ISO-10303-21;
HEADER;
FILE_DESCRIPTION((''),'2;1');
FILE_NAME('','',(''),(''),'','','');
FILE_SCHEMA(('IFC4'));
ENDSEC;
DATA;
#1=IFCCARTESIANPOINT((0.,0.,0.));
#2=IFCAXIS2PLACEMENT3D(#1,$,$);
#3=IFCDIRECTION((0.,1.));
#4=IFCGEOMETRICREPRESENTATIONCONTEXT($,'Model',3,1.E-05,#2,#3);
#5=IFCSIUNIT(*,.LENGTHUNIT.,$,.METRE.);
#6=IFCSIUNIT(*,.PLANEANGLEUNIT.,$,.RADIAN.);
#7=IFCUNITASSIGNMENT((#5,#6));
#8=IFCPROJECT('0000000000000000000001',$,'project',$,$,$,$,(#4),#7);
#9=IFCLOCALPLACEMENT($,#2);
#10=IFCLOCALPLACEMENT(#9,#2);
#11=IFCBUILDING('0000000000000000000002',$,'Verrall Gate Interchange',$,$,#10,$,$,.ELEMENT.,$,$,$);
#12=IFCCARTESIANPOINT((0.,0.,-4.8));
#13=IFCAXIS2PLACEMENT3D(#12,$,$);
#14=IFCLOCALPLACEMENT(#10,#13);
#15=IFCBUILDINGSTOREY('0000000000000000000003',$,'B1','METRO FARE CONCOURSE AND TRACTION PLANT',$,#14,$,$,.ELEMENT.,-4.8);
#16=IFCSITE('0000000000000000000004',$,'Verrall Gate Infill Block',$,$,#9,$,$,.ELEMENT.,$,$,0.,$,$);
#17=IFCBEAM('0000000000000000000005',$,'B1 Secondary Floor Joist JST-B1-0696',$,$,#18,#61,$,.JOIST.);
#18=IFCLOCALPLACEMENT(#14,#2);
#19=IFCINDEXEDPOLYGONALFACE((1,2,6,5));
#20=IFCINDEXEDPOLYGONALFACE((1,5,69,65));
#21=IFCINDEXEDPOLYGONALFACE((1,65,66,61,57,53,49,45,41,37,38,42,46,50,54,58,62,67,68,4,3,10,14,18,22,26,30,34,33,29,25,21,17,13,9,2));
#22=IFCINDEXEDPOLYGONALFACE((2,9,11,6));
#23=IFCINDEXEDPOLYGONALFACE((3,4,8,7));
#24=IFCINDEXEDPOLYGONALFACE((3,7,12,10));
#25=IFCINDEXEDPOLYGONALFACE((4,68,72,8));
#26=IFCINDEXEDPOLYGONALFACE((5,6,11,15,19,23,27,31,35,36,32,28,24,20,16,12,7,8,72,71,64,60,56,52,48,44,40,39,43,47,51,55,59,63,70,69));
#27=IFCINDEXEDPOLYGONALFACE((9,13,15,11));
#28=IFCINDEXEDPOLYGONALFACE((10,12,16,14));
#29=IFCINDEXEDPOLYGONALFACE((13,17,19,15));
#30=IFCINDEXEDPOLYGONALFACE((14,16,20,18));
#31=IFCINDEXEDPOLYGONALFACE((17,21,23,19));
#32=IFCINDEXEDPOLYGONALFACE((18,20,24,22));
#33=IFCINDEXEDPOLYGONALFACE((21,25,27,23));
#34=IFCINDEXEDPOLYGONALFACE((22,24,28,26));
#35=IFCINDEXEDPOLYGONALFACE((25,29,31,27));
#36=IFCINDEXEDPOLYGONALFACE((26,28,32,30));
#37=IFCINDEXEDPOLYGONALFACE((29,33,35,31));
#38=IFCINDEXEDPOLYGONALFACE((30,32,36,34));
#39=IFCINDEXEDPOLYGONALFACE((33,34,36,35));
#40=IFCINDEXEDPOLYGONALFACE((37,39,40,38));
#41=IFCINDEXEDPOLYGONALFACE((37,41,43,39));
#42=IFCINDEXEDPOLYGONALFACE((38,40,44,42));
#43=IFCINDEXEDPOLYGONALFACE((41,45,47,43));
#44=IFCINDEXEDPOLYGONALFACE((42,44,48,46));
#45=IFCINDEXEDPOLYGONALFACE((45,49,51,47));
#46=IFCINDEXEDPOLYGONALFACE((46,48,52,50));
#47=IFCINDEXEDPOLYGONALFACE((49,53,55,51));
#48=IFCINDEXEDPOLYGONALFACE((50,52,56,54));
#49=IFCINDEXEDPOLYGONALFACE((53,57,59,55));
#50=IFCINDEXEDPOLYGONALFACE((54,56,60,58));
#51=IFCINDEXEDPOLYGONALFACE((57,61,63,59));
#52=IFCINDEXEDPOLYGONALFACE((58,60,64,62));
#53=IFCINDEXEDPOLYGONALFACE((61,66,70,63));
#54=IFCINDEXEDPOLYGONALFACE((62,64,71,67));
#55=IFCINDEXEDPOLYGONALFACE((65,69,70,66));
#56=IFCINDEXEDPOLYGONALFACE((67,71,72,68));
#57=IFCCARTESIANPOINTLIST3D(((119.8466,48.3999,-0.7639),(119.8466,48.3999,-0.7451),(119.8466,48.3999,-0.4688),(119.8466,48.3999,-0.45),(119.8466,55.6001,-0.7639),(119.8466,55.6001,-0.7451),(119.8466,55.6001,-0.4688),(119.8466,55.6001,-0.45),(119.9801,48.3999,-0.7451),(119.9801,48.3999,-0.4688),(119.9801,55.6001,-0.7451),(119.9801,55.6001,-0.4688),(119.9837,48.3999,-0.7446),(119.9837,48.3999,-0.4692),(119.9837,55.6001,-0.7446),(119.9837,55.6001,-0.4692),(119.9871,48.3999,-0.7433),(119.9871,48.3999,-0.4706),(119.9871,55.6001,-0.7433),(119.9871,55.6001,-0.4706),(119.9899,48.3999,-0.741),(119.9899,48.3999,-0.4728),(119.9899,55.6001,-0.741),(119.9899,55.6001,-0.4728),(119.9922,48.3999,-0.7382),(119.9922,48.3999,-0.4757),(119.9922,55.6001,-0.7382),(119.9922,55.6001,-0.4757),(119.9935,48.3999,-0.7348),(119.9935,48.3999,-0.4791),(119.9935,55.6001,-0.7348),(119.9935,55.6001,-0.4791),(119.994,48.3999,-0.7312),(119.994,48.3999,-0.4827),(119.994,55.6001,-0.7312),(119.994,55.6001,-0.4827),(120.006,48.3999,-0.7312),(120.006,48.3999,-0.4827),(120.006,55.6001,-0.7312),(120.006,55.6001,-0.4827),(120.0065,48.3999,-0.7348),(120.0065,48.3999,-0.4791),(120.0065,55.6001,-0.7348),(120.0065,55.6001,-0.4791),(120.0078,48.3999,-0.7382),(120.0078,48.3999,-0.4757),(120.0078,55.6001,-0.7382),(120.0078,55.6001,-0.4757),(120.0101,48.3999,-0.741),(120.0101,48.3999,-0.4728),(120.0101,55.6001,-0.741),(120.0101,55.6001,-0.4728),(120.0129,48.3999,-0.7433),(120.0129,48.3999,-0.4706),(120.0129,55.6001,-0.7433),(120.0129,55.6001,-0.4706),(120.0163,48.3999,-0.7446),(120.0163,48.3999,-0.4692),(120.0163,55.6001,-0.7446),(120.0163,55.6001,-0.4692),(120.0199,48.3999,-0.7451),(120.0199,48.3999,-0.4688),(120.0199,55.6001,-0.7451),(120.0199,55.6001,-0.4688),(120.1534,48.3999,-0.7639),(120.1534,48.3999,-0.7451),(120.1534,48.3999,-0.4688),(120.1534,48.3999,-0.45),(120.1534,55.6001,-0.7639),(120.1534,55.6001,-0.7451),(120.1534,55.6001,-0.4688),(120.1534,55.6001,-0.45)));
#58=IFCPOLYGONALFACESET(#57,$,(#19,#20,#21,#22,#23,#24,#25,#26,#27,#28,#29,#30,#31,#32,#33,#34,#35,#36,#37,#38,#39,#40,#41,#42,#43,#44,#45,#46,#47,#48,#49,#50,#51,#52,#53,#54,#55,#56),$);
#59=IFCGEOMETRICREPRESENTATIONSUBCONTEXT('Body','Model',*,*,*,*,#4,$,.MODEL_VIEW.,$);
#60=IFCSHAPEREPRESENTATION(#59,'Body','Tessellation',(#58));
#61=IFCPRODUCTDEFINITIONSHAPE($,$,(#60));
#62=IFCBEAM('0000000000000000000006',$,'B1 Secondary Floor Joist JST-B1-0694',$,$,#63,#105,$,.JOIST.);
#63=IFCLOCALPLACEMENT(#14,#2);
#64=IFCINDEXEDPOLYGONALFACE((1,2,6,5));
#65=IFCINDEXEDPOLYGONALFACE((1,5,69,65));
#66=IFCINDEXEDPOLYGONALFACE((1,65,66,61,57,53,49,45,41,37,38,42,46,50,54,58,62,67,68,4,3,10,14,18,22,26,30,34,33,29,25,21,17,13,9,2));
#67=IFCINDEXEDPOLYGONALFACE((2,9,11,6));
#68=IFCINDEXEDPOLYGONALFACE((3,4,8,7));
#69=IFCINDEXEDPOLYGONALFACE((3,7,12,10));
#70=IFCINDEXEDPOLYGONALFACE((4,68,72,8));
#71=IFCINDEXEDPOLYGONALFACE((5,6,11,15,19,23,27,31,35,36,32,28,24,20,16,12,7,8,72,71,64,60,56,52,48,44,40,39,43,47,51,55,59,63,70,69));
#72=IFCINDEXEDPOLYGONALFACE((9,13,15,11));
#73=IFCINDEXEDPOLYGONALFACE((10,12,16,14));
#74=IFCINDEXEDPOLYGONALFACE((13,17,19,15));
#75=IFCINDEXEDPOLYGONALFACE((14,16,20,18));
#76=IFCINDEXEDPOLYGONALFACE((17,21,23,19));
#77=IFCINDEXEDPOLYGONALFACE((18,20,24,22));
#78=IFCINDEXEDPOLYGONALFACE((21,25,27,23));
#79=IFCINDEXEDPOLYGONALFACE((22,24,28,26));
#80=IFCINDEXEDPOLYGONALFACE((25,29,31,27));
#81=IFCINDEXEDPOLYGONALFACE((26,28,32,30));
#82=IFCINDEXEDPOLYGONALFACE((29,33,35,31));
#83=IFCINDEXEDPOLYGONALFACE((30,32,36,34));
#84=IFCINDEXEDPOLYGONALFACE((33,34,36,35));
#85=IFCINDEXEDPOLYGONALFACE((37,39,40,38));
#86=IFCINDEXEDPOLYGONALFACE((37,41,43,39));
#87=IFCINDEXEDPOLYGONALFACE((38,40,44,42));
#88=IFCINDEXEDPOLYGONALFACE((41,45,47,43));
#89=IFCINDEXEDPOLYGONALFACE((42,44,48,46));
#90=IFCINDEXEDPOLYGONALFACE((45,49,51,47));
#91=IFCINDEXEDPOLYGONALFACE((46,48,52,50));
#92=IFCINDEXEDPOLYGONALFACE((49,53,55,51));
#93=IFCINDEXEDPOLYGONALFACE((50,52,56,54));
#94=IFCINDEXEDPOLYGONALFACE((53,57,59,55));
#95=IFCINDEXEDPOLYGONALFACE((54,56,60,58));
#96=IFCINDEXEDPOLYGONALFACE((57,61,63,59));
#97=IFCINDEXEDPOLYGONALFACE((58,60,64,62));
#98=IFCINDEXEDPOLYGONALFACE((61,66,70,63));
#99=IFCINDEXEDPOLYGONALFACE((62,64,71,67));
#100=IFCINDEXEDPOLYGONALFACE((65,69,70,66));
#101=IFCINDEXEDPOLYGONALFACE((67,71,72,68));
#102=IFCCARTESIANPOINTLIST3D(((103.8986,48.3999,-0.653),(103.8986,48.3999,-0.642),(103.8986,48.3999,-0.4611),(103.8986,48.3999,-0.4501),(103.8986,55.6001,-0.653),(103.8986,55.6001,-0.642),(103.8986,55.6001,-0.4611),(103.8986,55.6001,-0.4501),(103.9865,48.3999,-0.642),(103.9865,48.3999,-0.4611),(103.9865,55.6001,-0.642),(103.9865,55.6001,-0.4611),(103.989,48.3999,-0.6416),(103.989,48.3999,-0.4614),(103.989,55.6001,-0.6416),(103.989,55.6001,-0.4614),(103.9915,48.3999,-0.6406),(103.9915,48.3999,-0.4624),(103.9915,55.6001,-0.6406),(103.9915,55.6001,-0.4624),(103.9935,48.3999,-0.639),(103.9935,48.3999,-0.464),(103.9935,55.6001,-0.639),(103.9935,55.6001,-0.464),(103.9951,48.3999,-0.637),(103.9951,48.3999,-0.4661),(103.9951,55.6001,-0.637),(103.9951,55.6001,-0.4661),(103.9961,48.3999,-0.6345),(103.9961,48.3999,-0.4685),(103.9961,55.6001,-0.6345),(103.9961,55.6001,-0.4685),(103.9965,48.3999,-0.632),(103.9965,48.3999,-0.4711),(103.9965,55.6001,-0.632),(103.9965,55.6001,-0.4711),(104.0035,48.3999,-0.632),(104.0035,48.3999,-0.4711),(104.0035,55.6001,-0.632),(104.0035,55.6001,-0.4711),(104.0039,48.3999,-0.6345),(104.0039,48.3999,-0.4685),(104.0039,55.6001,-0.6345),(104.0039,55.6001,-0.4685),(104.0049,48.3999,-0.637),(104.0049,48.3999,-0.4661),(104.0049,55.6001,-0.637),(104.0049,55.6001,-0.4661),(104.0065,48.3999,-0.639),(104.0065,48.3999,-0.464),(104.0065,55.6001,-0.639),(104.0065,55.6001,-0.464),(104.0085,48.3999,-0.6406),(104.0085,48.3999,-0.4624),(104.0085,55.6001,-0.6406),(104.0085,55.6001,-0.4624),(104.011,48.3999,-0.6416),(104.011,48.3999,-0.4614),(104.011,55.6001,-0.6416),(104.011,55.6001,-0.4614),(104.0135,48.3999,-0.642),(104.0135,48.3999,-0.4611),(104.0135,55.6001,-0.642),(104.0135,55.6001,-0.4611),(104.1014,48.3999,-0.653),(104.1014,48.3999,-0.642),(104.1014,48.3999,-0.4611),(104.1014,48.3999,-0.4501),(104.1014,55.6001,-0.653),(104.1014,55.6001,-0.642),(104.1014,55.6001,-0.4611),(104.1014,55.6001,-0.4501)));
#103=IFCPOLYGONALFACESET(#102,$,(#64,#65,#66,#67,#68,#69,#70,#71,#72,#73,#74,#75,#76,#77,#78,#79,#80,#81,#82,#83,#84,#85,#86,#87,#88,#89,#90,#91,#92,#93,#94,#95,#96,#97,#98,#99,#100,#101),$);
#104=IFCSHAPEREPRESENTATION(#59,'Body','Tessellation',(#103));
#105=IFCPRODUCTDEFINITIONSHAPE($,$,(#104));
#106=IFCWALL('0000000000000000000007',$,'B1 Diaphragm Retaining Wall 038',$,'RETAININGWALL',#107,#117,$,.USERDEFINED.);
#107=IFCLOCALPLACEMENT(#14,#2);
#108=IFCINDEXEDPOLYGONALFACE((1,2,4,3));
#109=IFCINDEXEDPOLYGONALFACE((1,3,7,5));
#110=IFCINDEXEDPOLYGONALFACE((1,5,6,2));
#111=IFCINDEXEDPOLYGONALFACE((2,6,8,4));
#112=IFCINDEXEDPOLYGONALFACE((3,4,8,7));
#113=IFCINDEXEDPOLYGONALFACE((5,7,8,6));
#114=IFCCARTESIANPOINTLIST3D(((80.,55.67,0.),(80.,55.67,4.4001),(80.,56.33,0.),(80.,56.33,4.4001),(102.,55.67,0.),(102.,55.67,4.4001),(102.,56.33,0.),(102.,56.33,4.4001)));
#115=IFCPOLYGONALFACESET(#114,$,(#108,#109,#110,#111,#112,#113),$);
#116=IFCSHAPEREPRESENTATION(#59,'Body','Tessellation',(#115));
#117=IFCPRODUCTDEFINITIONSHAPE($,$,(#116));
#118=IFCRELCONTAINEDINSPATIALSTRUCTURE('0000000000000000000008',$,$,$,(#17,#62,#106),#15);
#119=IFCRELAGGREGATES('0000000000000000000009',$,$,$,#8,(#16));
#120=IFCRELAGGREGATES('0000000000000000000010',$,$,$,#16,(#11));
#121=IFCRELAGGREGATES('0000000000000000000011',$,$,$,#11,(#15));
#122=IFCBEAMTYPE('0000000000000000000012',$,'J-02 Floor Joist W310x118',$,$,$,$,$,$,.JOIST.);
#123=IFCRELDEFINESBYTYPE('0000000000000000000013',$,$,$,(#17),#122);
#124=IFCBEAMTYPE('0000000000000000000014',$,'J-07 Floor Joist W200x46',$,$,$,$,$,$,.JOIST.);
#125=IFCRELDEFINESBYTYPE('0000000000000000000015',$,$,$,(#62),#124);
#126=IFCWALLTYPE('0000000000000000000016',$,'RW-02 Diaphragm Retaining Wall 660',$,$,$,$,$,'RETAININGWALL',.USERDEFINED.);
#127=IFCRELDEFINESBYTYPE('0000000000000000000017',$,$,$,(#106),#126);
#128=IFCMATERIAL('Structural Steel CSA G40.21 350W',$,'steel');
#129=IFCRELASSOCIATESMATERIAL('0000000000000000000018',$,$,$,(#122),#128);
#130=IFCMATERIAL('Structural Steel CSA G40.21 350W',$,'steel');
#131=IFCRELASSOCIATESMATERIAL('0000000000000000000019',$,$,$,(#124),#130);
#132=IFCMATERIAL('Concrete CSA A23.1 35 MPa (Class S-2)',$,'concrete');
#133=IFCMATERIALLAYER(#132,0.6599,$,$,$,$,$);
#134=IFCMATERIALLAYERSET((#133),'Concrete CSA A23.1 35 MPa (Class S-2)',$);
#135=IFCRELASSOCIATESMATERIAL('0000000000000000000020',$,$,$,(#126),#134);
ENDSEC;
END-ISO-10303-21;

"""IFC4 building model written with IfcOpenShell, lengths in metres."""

from ifc_helpers import new_model, si_unit, direction, frame, frame_2d, origin, origin_2d, place, context, subcontext, project, spatial, rectangle, i_section, extrude, material, layer, layer_set, material_profile, profile_set, type_object, element, save


model = new_model("IFC4")

# Units and contexts
model_context = context("Model", 3, precision=1e-05, world=origin(), true_north=direction((0.0, 1.0)))
body_context = subcontext(model_context, "Body", "Model", "MODEL_VIEW")
ifc_project = project(units=[si_unit("LENGTHUNIT", "METRE"), si_unit("PLANEANGLEUNIT", "RADIAN")], contexts=[model_context])

# Site, building, storey
site_placement = place(None, origin())
site = spatial("IfcSite", under=ifc_project, at=site_placement, Name="Verrall Gate Infill Block", CompositionType="ELEMENT", RefElevation=0.0)
building_placement = place(site_placement, origin())
building = spatial("IfcBuilding", under=site, at=building_placement, Name="Verrall Gate Interchange", CompositionType="ELEMENT")
storey_placement = place(building_placement, frame((0.0, 0.0, -4.8)))
storey = spatial("IfcBuildingStorey", under=building, at=storey_placement, Name="B1", Description="METRO FARE CONCOURSE AND TRACTION PLANT", CompositionType="ELEMENT", Elevation=-4.8)

# Beams
ifc_material_1 = material(Name="Structural Steel CSA G40.21 350W", Category="steel")
ifc_material_profile_1 = material_profile(ifc_material_1, i_section(OverallWidth=0.3069, OverallDepth=0.314, WebThickness=0.012, FlangeThickness=0.0188, FilletRadius=0.0139, at=origin_2d()), Name="W310x118")
ifc_profile_set_1 = profile_set([ifc_material_profile_1], Name="Structural Steel CSA G40.21 350W")
beam_type_1 = type_object("IfcBeamType", Name="J-02 Floor Joist W310x118", PredefinedType="JOIST", material=ifc_profile_set_1)
beam_1_placement = place(storey_placement, frame((120.0, 48.3999, -0.6069), z_axis=(0.0, 1.0, 0.0), x_axis=(-1.0, 0.0, 0.0)))
element("IfcBeam", 1, at=beam_1_placement, inside=storey, type_object=beam_type_1, Name="B1 Secondary Floor Joist JST-B1-0696", PredefinedType="JOIST", context=body_context, shape_type="SweptSolid", body=[
    extrude(i_section(OverallWidth=0.3069, OverallDepth=0.314, WebThickness=0.012, FlangeThickness=0.0188, FilletRadius=0.0139, at=origin_2d()), origin(), (0.0, 0.0, 1.0), 7.2002),
])
ifc_material_2 = material(Name="Structural Steel CSA G40.21 350W", Category="steel")
ifc_material_profile_2 = material_profile(ifc_material_2, i_section(OverallWidth=0.2029, OverallDepth=0.2029, WebThickness=0.0071, FlangeThickness=0.011, FilletRadius=0.01, at=origin_2d()), Name="W200x46")
ifc_profile_set_2 = profile_set([ifc_material_profile_2], Name="Structural Steel CSA G40.21 350W")
beam_type_2 = type_object("IfcBeamType", Name="J-07 Floor Joist W200x46", PredefinedType="JOIST", material=ifc_profile_set_2)
beam_2_placement = place(storey_placement, frame((104.0, 48.3999, -0.5515), z_axis=(0.0, 1.0, 0.0), x_axis=(-1.0, 0.0, 0.0)))
element("IfcBeam", 2, at=beam_2_placement, inside=storey, type_object=beam_type_2, Name="B1 Secondary Floor Joist JST-B1-0694", PredefinedType="JOIST", context=body_context, shape_type="SweptSolid", body=[
    extrude(i_section(OverallWidth=0.2029, OverallDepth=0.2029, WebThickness=0.0071, FlangeThickness=0.011, FilletRadius=0.01, at=origin_2d()), origin(), (0.0, 0.0, 1.0), 7.2002),
])

# Wall
ifc_material_3 = material(Name="Concrete CSA A23.1 35 MPa (Class S-2)", Category="concrete")
ifc_layer = layer(ifc_material_3, 0.6599)
ifc_layer_set = layer_set([ifc_layer], Name="Concrete CSA A23.1 35 MPa (Class S-2)")
wall_type = type_object("IfcWallType", Name="RW-02 Diaphragm Retaining Wall 660", ElementType="RETAININGWALL", PredefinedType="USERDEFINED", material=ifc_layer_set)
wall_placement = place(storey_placement, frame((102.0, 56.0, 0.0), z_axis=(0.0, 0.0, 1.0), x_axis=(-1.0, 0.0, 0.0)))
element("IfcWall", 3, at=wall_placement, inside=storey, type_object=wall_type, Name="B1 Diaphragm Retaining Wall 038", ObjectType="RETAININGWALL", PredefinedType="USERDEFINED", context=body_context, shape_type="SweptSolid", body=[
    extrude(rectangle(XDim=22.0, YDim=0.6599, at=frame_2d((11.0, 0.0))), origin(), (0.0, 0.0, 1.0), 4.4001),
])

save(model, "model.ifc")
